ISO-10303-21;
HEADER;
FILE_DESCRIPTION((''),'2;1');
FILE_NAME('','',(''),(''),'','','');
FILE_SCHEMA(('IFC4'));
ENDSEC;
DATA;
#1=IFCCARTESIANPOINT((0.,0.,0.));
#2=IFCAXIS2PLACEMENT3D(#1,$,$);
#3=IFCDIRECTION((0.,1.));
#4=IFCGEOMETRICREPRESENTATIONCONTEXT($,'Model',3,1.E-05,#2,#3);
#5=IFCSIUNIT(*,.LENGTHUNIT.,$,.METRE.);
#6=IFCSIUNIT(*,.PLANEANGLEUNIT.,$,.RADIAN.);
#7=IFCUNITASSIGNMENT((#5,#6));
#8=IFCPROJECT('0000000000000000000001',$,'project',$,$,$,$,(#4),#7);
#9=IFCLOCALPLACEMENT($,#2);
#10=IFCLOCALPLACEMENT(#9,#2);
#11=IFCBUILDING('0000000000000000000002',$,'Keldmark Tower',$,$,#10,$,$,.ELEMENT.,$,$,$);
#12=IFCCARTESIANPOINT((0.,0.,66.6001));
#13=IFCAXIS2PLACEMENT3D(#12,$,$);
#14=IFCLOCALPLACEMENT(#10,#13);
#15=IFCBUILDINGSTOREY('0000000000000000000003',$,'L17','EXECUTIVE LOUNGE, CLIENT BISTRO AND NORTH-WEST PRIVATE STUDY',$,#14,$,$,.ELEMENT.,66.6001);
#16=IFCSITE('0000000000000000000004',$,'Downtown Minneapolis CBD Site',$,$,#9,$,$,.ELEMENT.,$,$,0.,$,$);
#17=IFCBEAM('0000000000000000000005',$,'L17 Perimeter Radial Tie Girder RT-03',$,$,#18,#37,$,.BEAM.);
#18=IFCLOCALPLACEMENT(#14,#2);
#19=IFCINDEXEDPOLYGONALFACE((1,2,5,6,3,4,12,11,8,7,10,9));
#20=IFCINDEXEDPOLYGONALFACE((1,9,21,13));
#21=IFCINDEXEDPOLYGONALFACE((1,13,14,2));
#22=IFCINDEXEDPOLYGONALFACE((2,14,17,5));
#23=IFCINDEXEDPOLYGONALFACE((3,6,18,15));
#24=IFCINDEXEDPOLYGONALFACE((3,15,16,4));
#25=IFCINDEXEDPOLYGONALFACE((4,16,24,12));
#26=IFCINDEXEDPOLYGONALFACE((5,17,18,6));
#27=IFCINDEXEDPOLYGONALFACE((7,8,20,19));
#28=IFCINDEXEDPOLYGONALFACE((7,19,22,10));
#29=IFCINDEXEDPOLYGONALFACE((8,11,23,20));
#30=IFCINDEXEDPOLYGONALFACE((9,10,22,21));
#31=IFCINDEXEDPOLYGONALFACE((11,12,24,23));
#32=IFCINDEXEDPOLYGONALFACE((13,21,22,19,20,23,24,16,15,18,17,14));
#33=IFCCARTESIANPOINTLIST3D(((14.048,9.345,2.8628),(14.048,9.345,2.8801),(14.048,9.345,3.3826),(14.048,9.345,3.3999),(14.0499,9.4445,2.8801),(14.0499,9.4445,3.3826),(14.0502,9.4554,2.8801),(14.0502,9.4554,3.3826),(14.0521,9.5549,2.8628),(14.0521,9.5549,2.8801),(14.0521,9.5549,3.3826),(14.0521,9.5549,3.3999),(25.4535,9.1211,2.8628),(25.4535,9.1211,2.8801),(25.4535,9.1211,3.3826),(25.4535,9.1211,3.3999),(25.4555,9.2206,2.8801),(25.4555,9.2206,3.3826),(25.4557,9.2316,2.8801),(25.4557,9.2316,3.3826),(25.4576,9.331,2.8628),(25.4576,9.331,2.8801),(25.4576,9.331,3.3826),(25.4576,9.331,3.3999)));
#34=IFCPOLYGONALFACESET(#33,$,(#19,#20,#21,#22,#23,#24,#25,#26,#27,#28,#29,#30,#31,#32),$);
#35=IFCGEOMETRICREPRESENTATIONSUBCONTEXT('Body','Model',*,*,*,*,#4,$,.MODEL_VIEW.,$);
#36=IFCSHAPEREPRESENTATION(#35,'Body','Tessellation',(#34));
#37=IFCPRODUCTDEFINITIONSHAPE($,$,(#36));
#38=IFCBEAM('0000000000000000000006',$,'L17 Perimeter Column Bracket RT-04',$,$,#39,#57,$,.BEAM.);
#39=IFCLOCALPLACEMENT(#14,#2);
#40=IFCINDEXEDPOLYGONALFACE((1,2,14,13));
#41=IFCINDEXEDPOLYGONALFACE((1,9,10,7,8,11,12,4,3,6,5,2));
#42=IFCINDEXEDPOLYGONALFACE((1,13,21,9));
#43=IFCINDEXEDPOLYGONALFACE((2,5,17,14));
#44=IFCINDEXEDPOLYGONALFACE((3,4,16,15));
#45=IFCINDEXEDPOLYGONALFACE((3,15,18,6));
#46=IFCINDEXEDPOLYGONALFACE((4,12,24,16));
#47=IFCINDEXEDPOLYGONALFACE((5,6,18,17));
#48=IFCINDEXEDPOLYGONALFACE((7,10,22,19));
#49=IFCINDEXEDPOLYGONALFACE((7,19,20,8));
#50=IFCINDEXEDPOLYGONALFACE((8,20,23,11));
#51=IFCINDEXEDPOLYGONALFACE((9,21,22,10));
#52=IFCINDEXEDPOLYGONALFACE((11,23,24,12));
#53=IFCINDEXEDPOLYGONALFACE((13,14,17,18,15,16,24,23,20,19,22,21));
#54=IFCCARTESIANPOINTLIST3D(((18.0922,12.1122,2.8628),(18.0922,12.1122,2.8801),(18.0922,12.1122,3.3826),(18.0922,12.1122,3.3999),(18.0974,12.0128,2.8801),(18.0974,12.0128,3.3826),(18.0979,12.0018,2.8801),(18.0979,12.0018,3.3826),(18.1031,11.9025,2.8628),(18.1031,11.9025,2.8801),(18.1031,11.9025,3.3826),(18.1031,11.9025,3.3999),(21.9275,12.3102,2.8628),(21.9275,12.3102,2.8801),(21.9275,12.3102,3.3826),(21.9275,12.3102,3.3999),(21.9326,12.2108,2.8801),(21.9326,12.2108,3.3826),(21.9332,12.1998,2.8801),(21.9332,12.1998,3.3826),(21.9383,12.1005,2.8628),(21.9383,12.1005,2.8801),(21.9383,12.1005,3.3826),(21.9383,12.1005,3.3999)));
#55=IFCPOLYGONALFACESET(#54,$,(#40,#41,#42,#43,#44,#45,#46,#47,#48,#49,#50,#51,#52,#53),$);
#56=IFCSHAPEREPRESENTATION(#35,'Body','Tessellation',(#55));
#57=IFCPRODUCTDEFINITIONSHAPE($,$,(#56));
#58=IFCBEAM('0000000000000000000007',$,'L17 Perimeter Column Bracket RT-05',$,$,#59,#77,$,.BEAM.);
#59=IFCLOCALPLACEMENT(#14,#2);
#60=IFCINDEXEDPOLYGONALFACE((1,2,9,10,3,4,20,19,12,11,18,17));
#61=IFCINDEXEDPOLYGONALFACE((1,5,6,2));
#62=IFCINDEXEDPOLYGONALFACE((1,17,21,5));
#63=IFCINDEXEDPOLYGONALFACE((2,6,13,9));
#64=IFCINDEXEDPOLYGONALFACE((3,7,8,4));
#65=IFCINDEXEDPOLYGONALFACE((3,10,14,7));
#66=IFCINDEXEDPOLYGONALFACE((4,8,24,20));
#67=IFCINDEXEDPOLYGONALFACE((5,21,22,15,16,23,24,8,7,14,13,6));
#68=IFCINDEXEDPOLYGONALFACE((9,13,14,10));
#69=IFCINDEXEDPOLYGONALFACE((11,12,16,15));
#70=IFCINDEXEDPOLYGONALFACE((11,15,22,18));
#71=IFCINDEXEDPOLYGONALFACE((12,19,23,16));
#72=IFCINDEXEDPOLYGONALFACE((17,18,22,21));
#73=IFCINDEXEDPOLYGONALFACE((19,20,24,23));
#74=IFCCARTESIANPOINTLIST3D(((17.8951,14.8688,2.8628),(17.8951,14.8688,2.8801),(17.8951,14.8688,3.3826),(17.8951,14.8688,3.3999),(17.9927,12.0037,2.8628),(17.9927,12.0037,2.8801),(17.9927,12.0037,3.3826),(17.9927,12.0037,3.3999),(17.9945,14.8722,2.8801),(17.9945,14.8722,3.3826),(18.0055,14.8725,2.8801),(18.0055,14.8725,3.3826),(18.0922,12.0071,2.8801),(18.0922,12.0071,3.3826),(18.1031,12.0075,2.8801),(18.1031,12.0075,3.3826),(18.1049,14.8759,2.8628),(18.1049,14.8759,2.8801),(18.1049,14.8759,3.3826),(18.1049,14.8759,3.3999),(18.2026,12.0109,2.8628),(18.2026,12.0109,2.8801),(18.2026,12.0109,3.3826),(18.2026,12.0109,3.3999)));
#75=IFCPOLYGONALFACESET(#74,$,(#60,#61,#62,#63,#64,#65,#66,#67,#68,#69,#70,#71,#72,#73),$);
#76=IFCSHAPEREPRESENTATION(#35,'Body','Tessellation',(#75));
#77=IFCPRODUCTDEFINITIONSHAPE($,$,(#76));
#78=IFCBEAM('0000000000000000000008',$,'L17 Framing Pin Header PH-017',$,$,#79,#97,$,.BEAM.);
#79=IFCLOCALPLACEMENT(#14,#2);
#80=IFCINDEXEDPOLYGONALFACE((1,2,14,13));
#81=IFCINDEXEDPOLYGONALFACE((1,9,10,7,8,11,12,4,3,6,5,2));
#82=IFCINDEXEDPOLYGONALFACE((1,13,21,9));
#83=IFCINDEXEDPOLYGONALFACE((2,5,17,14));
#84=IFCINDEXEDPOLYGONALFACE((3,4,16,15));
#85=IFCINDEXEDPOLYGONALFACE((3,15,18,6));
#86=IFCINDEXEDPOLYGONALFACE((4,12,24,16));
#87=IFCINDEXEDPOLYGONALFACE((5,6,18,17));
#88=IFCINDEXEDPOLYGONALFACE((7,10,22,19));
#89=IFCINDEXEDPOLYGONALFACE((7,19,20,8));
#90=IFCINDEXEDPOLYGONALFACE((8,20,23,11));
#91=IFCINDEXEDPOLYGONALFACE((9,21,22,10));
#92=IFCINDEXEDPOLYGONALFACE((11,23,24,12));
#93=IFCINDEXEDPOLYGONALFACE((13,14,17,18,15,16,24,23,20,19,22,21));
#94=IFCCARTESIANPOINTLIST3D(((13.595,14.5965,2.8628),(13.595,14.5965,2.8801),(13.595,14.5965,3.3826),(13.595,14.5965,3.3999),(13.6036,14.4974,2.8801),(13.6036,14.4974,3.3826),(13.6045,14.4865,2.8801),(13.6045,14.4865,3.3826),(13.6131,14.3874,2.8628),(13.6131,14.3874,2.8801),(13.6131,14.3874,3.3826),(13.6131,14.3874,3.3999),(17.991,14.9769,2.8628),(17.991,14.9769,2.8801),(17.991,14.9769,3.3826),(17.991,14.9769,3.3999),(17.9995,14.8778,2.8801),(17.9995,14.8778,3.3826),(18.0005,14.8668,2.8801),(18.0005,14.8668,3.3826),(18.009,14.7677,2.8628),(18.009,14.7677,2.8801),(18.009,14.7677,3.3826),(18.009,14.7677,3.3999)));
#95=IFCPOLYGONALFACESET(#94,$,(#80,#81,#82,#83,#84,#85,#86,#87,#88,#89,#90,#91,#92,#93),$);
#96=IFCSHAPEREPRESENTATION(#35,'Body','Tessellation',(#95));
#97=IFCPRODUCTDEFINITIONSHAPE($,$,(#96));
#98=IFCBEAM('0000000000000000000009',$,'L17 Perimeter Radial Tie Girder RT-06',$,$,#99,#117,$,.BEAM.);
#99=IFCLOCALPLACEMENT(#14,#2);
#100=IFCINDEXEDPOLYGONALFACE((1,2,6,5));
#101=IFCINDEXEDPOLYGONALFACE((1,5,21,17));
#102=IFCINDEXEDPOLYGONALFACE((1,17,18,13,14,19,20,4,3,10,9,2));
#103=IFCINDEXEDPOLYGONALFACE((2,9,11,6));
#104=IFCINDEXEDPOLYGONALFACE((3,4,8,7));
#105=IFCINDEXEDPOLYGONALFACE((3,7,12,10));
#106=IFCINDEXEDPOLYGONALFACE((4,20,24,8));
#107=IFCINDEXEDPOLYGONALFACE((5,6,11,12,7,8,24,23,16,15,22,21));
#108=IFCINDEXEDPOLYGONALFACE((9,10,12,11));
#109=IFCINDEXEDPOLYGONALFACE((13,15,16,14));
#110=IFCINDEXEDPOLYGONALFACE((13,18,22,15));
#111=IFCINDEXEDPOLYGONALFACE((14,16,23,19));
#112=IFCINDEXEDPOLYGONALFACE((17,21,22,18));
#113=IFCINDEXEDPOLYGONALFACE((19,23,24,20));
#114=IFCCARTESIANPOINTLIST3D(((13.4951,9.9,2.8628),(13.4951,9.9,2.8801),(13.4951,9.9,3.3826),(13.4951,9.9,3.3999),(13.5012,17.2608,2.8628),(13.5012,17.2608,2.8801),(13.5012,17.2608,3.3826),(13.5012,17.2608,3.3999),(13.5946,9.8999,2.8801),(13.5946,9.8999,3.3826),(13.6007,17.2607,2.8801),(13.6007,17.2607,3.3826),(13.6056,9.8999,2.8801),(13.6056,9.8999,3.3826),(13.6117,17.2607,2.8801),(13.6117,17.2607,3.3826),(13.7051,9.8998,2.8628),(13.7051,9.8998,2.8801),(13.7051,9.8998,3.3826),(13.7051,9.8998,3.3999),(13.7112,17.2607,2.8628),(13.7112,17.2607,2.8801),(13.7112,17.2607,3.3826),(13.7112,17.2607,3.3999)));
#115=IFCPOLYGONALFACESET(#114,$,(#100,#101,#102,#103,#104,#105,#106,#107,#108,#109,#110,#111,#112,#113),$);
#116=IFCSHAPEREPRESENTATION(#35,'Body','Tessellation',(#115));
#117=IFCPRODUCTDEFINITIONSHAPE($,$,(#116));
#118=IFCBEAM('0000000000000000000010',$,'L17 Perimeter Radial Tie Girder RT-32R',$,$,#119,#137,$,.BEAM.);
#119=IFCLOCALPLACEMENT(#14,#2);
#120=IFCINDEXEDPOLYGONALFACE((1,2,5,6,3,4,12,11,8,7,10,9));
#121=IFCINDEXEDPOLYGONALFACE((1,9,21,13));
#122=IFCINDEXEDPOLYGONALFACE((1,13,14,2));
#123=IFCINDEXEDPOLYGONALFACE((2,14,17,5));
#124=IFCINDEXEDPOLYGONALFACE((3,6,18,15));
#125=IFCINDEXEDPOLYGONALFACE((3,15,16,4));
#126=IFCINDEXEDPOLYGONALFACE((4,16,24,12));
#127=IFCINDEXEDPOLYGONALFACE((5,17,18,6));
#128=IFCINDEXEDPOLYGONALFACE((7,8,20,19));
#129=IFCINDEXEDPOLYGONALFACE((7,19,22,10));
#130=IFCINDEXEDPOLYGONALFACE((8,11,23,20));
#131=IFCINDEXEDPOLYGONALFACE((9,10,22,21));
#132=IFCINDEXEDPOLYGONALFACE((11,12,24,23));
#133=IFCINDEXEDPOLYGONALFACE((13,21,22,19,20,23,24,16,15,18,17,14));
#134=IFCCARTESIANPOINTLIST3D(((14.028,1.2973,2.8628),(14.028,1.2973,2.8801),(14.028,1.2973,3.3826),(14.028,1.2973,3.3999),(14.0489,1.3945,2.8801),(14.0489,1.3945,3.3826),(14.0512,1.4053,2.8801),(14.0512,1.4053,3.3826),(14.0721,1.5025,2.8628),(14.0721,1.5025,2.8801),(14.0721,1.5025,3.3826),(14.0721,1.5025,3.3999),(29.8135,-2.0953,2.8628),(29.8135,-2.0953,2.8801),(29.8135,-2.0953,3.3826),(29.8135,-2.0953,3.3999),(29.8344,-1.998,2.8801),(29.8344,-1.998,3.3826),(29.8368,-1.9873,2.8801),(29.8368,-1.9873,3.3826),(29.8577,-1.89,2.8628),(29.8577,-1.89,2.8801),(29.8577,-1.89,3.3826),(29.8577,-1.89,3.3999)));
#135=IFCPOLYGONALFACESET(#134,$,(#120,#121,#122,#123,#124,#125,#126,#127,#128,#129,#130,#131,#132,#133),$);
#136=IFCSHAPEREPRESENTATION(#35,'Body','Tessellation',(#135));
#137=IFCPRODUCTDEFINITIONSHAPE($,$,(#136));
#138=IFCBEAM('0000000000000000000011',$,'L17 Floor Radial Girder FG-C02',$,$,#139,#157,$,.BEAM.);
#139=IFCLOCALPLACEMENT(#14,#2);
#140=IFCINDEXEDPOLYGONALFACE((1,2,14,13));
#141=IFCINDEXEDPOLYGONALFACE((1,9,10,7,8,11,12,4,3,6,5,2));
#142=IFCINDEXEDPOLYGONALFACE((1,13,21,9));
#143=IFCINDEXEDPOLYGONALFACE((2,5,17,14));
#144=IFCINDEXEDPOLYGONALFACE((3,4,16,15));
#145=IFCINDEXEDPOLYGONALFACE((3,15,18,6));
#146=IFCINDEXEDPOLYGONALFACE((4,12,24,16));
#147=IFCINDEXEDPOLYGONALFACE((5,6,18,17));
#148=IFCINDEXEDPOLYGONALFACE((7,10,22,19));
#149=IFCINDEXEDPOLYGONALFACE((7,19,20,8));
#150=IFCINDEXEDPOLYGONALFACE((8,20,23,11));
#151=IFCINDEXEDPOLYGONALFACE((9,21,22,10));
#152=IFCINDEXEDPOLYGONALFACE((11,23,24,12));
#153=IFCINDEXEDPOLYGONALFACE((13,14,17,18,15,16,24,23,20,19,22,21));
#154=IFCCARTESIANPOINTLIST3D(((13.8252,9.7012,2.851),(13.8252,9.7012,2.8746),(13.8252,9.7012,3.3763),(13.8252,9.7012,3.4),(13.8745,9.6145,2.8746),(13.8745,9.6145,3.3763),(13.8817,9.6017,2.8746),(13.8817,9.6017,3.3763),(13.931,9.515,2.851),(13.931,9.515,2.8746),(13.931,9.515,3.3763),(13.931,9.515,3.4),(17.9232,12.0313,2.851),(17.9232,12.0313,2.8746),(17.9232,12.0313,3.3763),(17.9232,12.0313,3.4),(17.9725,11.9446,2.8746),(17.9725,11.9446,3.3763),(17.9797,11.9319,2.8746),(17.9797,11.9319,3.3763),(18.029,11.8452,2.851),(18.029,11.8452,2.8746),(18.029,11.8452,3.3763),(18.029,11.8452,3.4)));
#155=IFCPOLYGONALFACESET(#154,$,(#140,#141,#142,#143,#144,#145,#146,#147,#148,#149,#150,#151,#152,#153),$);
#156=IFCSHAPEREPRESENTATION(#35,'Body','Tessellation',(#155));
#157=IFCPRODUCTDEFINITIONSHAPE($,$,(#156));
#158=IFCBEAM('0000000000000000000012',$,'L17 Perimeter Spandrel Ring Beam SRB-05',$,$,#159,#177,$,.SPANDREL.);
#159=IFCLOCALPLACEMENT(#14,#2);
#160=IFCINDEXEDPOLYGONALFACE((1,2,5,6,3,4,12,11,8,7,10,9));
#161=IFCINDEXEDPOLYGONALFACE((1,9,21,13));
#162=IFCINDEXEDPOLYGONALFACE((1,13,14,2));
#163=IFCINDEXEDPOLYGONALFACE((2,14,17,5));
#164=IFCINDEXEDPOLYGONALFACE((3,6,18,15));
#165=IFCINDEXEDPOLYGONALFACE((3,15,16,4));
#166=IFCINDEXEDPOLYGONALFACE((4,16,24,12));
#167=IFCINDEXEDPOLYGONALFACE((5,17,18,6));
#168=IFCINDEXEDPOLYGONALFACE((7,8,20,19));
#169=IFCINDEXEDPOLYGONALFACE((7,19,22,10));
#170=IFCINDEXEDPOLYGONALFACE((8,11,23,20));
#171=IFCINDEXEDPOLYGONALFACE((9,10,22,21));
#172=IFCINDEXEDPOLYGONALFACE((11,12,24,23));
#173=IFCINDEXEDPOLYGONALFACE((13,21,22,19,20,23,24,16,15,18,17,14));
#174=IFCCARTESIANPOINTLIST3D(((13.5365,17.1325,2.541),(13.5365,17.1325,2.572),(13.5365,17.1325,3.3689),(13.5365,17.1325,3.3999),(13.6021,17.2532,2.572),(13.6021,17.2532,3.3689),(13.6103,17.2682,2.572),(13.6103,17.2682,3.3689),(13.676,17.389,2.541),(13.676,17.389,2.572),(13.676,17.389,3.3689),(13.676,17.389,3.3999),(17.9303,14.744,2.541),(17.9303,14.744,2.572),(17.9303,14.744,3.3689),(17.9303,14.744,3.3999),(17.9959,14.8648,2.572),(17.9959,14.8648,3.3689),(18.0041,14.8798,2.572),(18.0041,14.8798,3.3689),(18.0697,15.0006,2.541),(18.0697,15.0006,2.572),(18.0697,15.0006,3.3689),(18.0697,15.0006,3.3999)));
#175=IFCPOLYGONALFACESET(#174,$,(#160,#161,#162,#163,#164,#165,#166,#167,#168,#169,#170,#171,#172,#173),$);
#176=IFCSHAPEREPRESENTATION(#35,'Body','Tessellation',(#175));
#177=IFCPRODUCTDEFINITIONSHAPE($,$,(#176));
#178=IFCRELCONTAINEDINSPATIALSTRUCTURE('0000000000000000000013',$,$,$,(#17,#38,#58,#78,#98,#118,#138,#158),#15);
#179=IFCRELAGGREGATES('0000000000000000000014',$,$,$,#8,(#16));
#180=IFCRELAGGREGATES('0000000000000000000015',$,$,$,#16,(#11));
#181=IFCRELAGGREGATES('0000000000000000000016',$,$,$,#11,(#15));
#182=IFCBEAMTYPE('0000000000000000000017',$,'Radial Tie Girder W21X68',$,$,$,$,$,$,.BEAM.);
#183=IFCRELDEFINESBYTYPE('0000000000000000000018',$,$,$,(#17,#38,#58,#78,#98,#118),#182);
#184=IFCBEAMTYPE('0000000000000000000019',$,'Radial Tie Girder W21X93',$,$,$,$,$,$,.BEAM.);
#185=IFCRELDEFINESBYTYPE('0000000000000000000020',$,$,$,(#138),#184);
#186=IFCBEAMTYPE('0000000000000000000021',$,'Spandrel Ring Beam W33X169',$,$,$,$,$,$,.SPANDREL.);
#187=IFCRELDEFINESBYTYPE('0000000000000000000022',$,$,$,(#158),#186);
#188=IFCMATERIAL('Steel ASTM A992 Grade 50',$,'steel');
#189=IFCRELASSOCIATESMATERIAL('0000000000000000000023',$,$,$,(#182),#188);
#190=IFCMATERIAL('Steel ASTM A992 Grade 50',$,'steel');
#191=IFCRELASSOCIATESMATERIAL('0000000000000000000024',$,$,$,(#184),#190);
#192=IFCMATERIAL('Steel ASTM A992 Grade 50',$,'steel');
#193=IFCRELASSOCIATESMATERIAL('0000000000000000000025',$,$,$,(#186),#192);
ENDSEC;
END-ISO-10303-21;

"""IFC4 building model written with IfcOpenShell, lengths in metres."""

from ifc_helpers import new_model, si_unit, direction, frame, origin, origin_2d, place, context, subcontext, project, spatial, i_section, extrude, material, material_profile, profile_set, type_object, element, save


model = new_model("IFC4")

# Units and contexts
model_context = context("Model", 3, precision=1e-05, world=origin(), true_north=direction((0.0, 1.0)))
body_context = subcontext(model_context, "Body", "Model", "MODEL_VIEW")
ifc_project = project(units=[si_unit("LENGTHUNIT", "METRE"), si_unit("PLANEANGLEUNIT", "RADIAN")], contexts=[model_context])

# Site, building, storey
site_placement = place(None, origin())
site = spatial("IfcSite", under=ifc_project, at=site_placement, Name="Downtown Minneapolis CBD Site", CompositionType="ELEMENT", RefElevation=0.0)
building_placement = place(site_placement, origin())
building = spatial("IfcBuilding", under=site, at=building_placement, Name="Keldmark Tower", CompositionType="ELEMENT")
storey_placement = place(building_placement, frame((0.0, 0.0, 66.6001)))
storey = spatial("IfcBuildingStorey", under=building, at=storey_placement, Name="L17", Description="EXECUTIVE LOUNGE, CLIENT BISTRO AND NORTH-WEST PRIVATE STUDY", CompositionType="ELEMENT", Elevation=66.6001)

# Beams
ifc_material_1 = material(Name="Steel ASTM A992 Grade 50", Category="steel")
ifc_material_profile_1 = material_profile(ifc_material_1, i_section(OverallWidth=0.21, OverallDepth=0.5371, WebThickness=0.011, FlangeThickness=0.0173, at=origin_2d()), Name="W21X68")
ifc_profile_set_1 = profile_set([ifc_material_profile_1], Name="Steel ASTM A992 Grade 50")
beam_type_1 = type_object("IfcBeamType", Name="Radial Tie Girder W21X68", PredefinedType="BEAM", material=ifc_profile_set_1)
beam_1_placement = place(storey_placement, frame((14.05, 9.45, 3.1313), z_axis=(0.999807, -0.019625, 0.0), x_axis=(0.019625, 0.999807, 0.0)))
element("IfcBeam", 1, at=beam_1_placement, inside=storey, type_object=beam_type_1, Name="L17 Perimeter Radial Tie Girder RT-03", PredefinedType="BEAM", context=body_context, shape_type="SweptSolid", body=[
    extrude(i_section(OverallWidth=0.21, OverallDepth=0.5371, WebThickness=0.011, FlangeThickness=0.0173, at=origin_2d()), origin(), (0.0, 0.0, 1.0), 11.4077),
])
beam_2_placement = place(storey_placement, frame((18.0977, 12.0073, 3.1313), z_axis=(0.99867, 0.051558, 0.0), x_axis=(-0.051558, 0.99867, 0.0)))
element("IfcBeam", 2, at=beam_2_placement, inside=storey, type_object=beam_type_1, Name="L17 Perimeter Column Bracket RT-04", PredefinedType="BEAM", context=body_context, shape_type="SweptSolid", body=[
    extrude(i_section(OverallWidth=0.21, OverallDepth=0.5371, WebThickness=0.011, FlangeThickness=0.0173, at=origin_2d()), origin(), (0.0, 0.0, 1.0), 3.8403),
])
beam_3_placement = place(storey_placement, frame((18.0977, 12.0073, 3.1313), z_axis=(-0.034066, 0.99942, 0.0), x_axis=(-0.99942, -0.034066, 0.0)))
element("IfcBeam", 3, at=beam_3_placement, inside=storey, type_object=beam_type_1, Name="L17 Perimeter Column Bracket RT-05", PredefinedType="BEAM", context=body_context, shape_type="SweptSolid", body=[
    extrude(i_section(OverallWidth=0.21, OverallDepth=0.5371, WebThickness=0.011, FlangeThickness=0.0173, at=origin_2d()), origin(), (0.0, 0.0, 1.0), 2.8667),
])
beam_4_placement = place(storey_placement, frame((18.0, 14.8723, 3.1313), z_axis=(-0.996277, -0.086205, 0.0), x_axis=(0.086205, -0.996277, 0.0)))
element("IfcBeam", 4, at=beam_4_placement, inside=storey, type_object=beam_type_1, Name="L17 Framing Pin Header PH-017", PredefinedType="BEAM", context=body_context, shape_type="SweptSolid", body=[
    extrude(i_section(OverallWidth=0.21, OverallDepth=0.5371, WebThickness=0.011, FlangeThickness=0.0173, at=origin_2d()), origin(), (0.0, 0.0, 1.0), 4.4124),
])
beam_5_placement = place(storey_placement, frame((13.6001, 9.8999, 3.1313), z_axis=(0.000829, 1.0, 0.0), x_axis=(-1.0, 0.000829, 0.0)))
element("IfcBeam", 5, at=beam_5_placement, inside=storey, type_object=beam_type_1, Name="L17 Perimeter Radial Tie Girder RT-06", PredefinedType="BEAM", context=body_context, shape_type="SweptSolid", body=[
    extrude(i_section(OverallWidth=0.21, OverallDepth=0.5371, WebThickness=0.011, FlangeThickness=0.0173, at=origin_2d()), origin(), (0.0, 0.0, 1.0), 7.3608),
])
beam_6_placement = place(storey_placement, frame((14.05, 1.3999, 3.1313), z_axis=(0.977676, -0.210118, 0.0), x_axis=(0.210118, 0.977676, 0.0)))
element("IfcBeam", 6, at=beam_6_placement, inside=storey, type_object=beam_type_1, Name="L17 Perimeter Radial Tie Girder RT-32R", PredefinedType="BEAM", context=body_context, shape_type="SweptSolid", body=[
    extrude(i_section(OverallWidth=0.21, OverallDepth=0.5371, WebThickness=0.011, FlangeThickness=0.0173, at=origin_2d()), origin(), (0.0, 0.0, 1.0), 16.146),
])
ifc_material_2 = material(Name="Steel ASTM A992 Grade 50", Category="steel")
ifc_material_profile_2 = material_profile(ifc_material_2, i_section(OverallWidth=0.2141, OverallDepth=0.5491, WebThickness=0.0146, FlangeThickness=0.0237, at=origin_2d()), Name="W21X93")
ifc_profile_set_2 = profile_set([ifc_material_profile_2], Name="Steel ASTM A992 Grade 50")
beam_type_2 = type_object("IfcBeamType", Name="Radial Tie Girder W21X93", PredefinedType="BEAM", material=ifc_profile_set_2)
beam_7_placement = place(storey_placement, frame((17.9761, 11.9382, 3.1255), z_axis=(-0.869299, -0.494286, 0.0), x_axis=(0.494286, -0.869299, 0.0)))
element("IfcBeam", 7, at=beam_7_placement, inside=storey, type_object=beam_type_2, Name="L17 Floor Radial Girder FG-C02", PredefinedType="BEAM", context=body_context, shape_type="SweptSolid", body=[
    extrude(i_section(OverallWidth=0.2141, OverallDepth=0.5491, WebThickness=0.0146, FlangeThickness=0.0237, at=origin_2d()), origin(), (0.0, 0.0, 1.0), 4.7141),
])
ifc_material_3 = material(Name="Steel ASTM A992 Grade 50", Category="steel")
ifc_material_profile_3 = material_profile(ifc_material_3, i_section(OverallWidth=0.292, OverallDepth=0.8589, WebThickness=0.0171, FlangeThickness=0.031, at=origin_2d()), Name="W33X169")
ifc_profile_set_3 = profile_set([ifc_material_profile_3], Name="Steel ASTM A992 Grade 50")
beam_type_3 = type_object("IfcBeamType", Name="Spandrel Ring Beam W33X169", PredefinedType="SPANDREL", material=ifc_profile_set_3)
beam_8_placement = place(storey_placement, frame((18.0, 14.8723, 2.9705), z_axis=(-0.878583, 0.47759, 0.0), x_axis=(-0.47759, -0.878583, 0.0)))
element("IfcBeam", 8, at=beam_8_placement, inside=storey, type_object=beam_type_3, Name="L17 Perimeter Spandrel Ring Beam SRB-05", PredefinedType="SPANDREL", context=body_context, shape_type="SweptSolid", body=[
    extrude(i_section(OverallWidth=0.292, OverallDepth=0.8589, WebThickness=0.0171, FlangeThickness=0.031, at=origin_2d()), origin(), (0.0, 0.0, 1.0), 5.001),
])

save(model, "model.ifc")
